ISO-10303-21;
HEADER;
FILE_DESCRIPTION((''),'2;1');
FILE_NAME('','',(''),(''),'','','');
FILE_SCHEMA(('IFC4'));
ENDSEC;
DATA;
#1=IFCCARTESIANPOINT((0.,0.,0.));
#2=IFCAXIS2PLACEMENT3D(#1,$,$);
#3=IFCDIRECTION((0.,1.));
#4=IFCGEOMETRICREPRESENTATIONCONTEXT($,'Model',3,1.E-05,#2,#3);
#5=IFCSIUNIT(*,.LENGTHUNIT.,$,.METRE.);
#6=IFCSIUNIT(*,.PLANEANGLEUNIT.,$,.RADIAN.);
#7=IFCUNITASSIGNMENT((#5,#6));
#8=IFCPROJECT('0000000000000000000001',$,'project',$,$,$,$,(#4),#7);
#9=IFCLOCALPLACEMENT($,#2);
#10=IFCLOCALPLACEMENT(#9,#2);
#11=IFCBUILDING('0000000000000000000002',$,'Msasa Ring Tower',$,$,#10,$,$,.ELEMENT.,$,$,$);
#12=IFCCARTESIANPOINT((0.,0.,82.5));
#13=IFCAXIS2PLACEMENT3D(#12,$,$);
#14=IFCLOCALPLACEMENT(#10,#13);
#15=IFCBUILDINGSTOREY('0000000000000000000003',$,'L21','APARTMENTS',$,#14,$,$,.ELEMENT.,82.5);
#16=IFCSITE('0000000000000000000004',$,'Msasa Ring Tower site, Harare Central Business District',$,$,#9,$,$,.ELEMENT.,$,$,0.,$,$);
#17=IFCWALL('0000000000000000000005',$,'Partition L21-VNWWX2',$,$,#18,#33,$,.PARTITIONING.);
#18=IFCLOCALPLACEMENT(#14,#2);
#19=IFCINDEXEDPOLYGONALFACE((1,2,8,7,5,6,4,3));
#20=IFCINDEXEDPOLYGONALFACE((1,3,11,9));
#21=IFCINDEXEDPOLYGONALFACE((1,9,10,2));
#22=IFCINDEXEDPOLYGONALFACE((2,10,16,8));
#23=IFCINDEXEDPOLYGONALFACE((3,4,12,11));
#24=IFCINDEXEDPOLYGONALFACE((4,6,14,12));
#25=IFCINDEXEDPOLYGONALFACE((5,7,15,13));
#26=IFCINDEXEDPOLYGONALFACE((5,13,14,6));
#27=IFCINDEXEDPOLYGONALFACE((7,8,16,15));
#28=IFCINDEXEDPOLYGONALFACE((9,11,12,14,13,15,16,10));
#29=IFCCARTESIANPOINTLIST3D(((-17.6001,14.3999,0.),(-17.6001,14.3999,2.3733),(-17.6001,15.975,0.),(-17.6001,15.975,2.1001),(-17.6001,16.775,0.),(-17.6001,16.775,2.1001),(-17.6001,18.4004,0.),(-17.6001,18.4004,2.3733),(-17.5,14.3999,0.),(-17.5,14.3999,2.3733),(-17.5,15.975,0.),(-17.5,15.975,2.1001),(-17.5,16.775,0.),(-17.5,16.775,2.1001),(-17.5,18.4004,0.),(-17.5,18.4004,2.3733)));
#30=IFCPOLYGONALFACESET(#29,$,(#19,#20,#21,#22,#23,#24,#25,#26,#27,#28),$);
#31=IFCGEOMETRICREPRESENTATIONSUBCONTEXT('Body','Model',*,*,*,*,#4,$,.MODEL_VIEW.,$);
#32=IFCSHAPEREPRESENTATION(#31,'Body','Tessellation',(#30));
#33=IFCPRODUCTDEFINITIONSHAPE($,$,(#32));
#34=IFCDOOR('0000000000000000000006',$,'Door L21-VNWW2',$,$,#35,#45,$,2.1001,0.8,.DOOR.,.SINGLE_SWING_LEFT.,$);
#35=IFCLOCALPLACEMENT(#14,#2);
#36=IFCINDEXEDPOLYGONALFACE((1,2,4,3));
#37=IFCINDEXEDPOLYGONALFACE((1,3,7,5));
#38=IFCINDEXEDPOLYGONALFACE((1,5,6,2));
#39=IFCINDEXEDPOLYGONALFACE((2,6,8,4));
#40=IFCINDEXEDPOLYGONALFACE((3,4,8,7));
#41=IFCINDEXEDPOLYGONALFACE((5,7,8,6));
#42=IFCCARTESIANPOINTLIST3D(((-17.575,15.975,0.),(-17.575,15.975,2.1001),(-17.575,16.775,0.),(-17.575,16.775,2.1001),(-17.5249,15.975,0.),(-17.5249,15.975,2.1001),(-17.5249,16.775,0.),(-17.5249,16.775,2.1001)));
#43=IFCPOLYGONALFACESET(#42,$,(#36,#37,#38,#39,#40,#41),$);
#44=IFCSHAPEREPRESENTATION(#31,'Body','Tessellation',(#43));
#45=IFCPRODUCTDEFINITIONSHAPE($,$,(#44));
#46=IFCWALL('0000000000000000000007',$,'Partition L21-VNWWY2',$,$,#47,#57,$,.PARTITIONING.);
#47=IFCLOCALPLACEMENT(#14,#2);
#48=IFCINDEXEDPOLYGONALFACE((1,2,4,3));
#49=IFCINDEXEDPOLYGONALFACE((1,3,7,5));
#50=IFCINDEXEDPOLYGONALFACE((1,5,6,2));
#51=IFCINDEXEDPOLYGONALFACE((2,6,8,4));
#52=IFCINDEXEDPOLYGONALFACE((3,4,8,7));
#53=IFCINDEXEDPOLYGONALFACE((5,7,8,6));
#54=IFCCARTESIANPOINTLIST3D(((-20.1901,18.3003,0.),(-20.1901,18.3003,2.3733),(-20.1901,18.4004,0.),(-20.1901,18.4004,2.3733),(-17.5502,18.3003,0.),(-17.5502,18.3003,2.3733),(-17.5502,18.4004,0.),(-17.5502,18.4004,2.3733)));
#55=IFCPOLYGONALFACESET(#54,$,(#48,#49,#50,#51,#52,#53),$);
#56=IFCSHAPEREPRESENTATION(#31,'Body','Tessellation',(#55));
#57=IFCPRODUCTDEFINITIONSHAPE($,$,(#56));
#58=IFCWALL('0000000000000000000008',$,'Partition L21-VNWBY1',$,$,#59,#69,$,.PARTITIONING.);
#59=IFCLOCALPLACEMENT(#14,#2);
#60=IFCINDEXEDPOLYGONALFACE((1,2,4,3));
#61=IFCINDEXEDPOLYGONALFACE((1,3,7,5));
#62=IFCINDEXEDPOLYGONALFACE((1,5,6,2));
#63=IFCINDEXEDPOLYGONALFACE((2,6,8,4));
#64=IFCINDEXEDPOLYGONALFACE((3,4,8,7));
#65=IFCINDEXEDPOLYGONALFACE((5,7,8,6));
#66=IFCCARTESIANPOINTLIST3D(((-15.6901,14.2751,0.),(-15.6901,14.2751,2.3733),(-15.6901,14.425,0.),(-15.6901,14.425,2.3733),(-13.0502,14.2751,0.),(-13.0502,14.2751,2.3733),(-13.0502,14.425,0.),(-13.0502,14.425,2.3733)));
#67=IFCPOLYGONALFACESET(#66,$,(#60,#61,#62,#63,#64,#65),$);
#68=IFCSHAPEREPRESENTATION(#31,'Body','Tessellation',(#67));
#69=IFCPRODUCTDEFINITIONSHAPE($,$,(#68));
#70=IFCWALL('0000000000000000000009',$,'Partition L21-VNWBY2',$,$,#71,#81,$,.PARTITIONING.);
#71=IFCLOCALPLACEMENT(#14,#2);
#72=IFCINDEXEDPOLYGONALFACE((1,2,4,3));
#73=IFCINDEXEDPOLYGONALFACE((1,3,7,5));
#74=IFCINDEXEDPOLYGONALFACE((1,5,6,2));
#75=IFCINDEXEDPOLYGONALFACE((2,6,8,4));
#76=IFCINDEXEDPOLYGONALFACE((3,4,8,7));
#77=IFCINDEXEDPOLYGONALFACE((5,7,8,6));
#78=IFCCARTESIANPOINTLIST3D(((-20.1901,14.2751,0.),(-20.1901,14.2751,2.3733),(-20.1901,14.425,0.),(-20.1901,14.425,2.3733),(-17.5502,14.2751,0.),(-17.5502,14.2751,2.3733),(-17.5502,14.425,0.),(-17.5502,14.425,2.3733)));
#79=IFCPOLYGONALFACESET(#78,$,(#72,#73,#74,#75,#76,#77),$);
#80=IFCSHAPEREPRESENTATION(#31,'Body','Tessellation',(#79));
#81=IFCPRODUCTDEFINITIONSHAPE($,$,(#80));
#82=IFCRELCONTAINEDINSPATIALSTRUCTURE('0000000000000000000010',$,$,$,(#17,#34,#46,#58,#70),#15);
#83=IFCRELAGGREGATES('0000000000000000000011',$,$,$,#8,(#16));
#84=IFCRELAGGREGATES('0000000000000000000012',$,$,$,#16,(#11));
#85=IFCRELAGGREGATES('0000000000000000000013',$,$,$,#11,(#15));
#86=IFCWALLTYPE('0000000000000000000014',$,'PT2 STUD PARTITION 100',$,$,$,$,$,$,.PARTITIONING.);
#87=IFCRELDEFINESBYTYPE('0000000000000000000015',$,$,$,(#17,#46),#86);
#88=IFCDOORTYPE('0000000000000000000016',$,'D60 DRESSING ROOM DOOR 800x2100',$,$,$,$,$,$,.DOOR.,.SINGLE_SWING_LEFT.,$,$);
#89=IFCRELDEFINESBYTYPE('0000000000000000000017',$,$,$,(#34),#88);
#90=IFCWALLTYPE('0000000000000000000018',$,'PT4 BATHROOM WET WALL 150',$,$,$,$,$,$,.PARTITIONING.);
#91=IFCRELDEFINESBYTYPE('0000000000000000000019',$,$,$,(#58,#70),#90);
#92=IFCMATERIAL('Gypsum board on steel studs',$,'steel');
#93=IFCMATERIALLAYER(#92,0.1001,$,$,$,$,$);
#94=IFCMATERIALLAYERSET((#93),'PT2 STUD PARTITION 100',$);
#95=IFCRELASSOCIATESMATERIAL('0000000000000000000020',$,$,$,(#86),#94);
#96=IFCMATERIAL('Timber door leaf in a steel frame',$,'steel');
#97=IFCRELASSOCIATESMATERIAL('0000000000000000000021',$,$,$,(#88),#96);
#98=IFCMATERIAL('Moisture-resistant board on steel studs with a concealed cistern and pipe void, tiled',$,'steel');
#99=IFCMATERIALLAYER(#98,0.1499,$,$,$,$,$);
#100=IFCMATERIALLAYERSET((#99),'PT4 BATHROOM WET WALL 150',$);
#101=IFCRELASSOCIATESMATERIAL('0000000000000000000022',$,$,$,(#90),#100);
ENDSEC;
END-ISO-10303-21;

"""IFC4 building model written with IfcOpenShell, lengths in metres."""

from ifc_helpers import new_model, si_unit, direction, frame, frame_2d, origin, place, context, subcontext, project, spatial, rectangle, extrude, material, layer, layer_set, type_object, element, fill, save


model = new_model("IFC4")

# Units and contexts
model_context = context("Model", 3, precision=1e-05, world=origin(), true_north=direction((0.0, 1.0)))
body_context = subcontext(model_context, "Body", "Model", "MODEL_VIEW")
ifc_project = project(units=[si_unit("LENGTHUNIT", "METRE"), si_unit("PLANEANGLEUNIT", "RADIAN")], contexts=[model_context])

# Site, building, storey
site_placement = place(None, origin())
site = spatial("IfcSite", under=ifc_project, at=site_placement, Name="Msasa Ring Tower site, Harare Central Business District", CompositionType="ELEMENT", RefElevation=0.0)
building_placement = place(site_placement, origin())
building = spatial("IfcBuilding", under=site, at=building_placement, Name="Msasa Ring Tower", CompositionType="ELEMENT")
storey_placement = place(building_placement, frame((0.0, 0.0, 82.5)))
storey = spatial("IfcBuildingStorey", under=building, at=storey_placement, Name="L21", Description="APARTMENTS", CompositionType="ELEMENT", Elevation=82.5)

# Shared definitions
ifc_material_1 = material(Name="Gypsum board on steel studs", Category="steel")
ifc_layer_1 = layer(ifc_material_1, 0.1001)
ifc_layer_set_1 = layer_set([ifc_layer_1], Name="PT2 STUD PARTITION 100")
wall_type_1 = type_object("IfcWallType", Name="PT2 STUD PARTITION 100", PredefinedType="PARTITIONING", material=ifc_layer_set_1)
ifc_material_2 = material(Name="Timber door leaf in a steel frame", Category="steel")
door_type = type_object("IfcDoorType", Name="D60 DRESSING ROOM DOOR 800x2100", OperationType="SINGLE_SWING_LEFT", PredefinedType="DOOR", material=ifc_material_2)

# Wall, opening, door
wall_1_placement = place(storey_placement, frame((-17.55, 14.3999, 0.0), z_axis=(0.0, 0.0, 1.0), x_axis=(0.0, 1.0, 0.0)))
wall_1 = element("IfcWall", 1, at=wall_1_placement, inside=storey, type_object=wall_type_1, Name="Partition L21-VNWWX2", PredefinedType="PARTITIONING", context=body_context, shape_type="SweptSolid", body=[
    extrude(rectangle(XDim=4.0005, YDim=0.1001, at=frame_2d((2.0002, 0.0))), origin(), (0.0, 0.0, 1.0), 2.3733),
])
opening_1_placement = place(wall_1_placement, frame((1.5752, 0.0, 0.0)))
opening_1 = element("IfcOpeningElement", 2, at=opening_1_placement, cuts=wall_1, PredefinedType="OPENING", context=body_context, shape_type="SweptSolid", body=[
    extrude(rectangle(XDim=0.8, YDim=2.1001, at=frame_2d((0.3999, 1.05))), frame((0.0, 0.0601, 0.0), z_axis=(0.0, -1.0, 0.0), x_axis=(1.0, 0.0, 0.0)), (0.0, 0.0, 1.0), 0.1201),
])
door_1_placement = place(opening_1_placement, origin())
door_1 = element("IfcDoor", 3, at=door_1_placement, inside=storey, type_object=door_type, Name="Door L21-VNWW2", OperationType="SINGLE_SWING_LEFT", OverallHeight=2.1001, OverallWidth=0.8, PredefinedType="DOOR", context=body_context, shape_type="SweptSolid", body=[
    extrude(rectangle(XDim=0.8, YDim=2.1001, at=frame_2d((0.3999, 1.05))), frame((0.0, 0.0249, 0.0), z_axis=(0.0, -1.0, 0.0), x_axis=(1.0, 0.0, 0.0)), (0.0, 0.0, 1.0), 0.05),
])
fill(opening_1, door_1)

# Walls
wall_2_placement = place(storey_placement, frame((-20.1899, 18.3503, 0.0), z_axis=(0.0, 0.0, 1.0), x_axis=(1.0, 0.0, 0.0)))
element("IfcWall", 4, at=wall_2_placement, inside=storey, type_object=wall_type_1, Name="Partition L21-VNWWY2", PredefinedType="PARTITIONING", context=body_context, shape_type="SweptSolid", body=[
    extrude(rectangle(XDim=2.6399, YDim=0.1001, at=frame_2d((1.3198, 0.0))), origin(), (0.0, 0.0, 1.0), 2.3733),
])
ifc_material_3 = material(Name="Moisture-resistant board on steel studs with a concealed cistern and pipe void, tiled", Category="steel")
ifc_layer_2 = layer(ifc_material_3, 0.1499)
ifc_layer_set_2 = layer_set([ifc_layer_2], Name="PT4 BATHROOM WET WALL 150")
wall_type_2 = type_object("IfcWallType", Name="PT4 BATHROOM WET WALL 150", PredefinedType="PARTITIONING", material=ifc_layer_set_2)
for number, where, z_axis, x_axis, name in (
    (5, (-15.6899, 14.3501, 0.0), (0.0, 0.0, 1.0), (1.0, 0.0, 0.0), "Partition L21-VNWBY1"),
    (6, (-20.1899, 14.3501, 0.0), (0.0, 0.0, 1.0), (1.0, 0.0, 0.0), "Partition L21-VNWBY2"),
):
    element("IfcWall", number, at=place(storey_placement, frame(where, z_axis=z_axis, x_axis=x_axis)), inside=storey, type_object=wall_type_2, Name=name, PredefinedType="PARTITIONING", context=body_context, shape_type="SweptSolid", body=[
        extrude(rectangle(XDim=2.6399, YDim=0.1499, at=frame_2d((1.3198, 0.0))), origin(), (0.0, 0.0, 1.0), 2.3733),
    ])

save(model, "model.ifc")
